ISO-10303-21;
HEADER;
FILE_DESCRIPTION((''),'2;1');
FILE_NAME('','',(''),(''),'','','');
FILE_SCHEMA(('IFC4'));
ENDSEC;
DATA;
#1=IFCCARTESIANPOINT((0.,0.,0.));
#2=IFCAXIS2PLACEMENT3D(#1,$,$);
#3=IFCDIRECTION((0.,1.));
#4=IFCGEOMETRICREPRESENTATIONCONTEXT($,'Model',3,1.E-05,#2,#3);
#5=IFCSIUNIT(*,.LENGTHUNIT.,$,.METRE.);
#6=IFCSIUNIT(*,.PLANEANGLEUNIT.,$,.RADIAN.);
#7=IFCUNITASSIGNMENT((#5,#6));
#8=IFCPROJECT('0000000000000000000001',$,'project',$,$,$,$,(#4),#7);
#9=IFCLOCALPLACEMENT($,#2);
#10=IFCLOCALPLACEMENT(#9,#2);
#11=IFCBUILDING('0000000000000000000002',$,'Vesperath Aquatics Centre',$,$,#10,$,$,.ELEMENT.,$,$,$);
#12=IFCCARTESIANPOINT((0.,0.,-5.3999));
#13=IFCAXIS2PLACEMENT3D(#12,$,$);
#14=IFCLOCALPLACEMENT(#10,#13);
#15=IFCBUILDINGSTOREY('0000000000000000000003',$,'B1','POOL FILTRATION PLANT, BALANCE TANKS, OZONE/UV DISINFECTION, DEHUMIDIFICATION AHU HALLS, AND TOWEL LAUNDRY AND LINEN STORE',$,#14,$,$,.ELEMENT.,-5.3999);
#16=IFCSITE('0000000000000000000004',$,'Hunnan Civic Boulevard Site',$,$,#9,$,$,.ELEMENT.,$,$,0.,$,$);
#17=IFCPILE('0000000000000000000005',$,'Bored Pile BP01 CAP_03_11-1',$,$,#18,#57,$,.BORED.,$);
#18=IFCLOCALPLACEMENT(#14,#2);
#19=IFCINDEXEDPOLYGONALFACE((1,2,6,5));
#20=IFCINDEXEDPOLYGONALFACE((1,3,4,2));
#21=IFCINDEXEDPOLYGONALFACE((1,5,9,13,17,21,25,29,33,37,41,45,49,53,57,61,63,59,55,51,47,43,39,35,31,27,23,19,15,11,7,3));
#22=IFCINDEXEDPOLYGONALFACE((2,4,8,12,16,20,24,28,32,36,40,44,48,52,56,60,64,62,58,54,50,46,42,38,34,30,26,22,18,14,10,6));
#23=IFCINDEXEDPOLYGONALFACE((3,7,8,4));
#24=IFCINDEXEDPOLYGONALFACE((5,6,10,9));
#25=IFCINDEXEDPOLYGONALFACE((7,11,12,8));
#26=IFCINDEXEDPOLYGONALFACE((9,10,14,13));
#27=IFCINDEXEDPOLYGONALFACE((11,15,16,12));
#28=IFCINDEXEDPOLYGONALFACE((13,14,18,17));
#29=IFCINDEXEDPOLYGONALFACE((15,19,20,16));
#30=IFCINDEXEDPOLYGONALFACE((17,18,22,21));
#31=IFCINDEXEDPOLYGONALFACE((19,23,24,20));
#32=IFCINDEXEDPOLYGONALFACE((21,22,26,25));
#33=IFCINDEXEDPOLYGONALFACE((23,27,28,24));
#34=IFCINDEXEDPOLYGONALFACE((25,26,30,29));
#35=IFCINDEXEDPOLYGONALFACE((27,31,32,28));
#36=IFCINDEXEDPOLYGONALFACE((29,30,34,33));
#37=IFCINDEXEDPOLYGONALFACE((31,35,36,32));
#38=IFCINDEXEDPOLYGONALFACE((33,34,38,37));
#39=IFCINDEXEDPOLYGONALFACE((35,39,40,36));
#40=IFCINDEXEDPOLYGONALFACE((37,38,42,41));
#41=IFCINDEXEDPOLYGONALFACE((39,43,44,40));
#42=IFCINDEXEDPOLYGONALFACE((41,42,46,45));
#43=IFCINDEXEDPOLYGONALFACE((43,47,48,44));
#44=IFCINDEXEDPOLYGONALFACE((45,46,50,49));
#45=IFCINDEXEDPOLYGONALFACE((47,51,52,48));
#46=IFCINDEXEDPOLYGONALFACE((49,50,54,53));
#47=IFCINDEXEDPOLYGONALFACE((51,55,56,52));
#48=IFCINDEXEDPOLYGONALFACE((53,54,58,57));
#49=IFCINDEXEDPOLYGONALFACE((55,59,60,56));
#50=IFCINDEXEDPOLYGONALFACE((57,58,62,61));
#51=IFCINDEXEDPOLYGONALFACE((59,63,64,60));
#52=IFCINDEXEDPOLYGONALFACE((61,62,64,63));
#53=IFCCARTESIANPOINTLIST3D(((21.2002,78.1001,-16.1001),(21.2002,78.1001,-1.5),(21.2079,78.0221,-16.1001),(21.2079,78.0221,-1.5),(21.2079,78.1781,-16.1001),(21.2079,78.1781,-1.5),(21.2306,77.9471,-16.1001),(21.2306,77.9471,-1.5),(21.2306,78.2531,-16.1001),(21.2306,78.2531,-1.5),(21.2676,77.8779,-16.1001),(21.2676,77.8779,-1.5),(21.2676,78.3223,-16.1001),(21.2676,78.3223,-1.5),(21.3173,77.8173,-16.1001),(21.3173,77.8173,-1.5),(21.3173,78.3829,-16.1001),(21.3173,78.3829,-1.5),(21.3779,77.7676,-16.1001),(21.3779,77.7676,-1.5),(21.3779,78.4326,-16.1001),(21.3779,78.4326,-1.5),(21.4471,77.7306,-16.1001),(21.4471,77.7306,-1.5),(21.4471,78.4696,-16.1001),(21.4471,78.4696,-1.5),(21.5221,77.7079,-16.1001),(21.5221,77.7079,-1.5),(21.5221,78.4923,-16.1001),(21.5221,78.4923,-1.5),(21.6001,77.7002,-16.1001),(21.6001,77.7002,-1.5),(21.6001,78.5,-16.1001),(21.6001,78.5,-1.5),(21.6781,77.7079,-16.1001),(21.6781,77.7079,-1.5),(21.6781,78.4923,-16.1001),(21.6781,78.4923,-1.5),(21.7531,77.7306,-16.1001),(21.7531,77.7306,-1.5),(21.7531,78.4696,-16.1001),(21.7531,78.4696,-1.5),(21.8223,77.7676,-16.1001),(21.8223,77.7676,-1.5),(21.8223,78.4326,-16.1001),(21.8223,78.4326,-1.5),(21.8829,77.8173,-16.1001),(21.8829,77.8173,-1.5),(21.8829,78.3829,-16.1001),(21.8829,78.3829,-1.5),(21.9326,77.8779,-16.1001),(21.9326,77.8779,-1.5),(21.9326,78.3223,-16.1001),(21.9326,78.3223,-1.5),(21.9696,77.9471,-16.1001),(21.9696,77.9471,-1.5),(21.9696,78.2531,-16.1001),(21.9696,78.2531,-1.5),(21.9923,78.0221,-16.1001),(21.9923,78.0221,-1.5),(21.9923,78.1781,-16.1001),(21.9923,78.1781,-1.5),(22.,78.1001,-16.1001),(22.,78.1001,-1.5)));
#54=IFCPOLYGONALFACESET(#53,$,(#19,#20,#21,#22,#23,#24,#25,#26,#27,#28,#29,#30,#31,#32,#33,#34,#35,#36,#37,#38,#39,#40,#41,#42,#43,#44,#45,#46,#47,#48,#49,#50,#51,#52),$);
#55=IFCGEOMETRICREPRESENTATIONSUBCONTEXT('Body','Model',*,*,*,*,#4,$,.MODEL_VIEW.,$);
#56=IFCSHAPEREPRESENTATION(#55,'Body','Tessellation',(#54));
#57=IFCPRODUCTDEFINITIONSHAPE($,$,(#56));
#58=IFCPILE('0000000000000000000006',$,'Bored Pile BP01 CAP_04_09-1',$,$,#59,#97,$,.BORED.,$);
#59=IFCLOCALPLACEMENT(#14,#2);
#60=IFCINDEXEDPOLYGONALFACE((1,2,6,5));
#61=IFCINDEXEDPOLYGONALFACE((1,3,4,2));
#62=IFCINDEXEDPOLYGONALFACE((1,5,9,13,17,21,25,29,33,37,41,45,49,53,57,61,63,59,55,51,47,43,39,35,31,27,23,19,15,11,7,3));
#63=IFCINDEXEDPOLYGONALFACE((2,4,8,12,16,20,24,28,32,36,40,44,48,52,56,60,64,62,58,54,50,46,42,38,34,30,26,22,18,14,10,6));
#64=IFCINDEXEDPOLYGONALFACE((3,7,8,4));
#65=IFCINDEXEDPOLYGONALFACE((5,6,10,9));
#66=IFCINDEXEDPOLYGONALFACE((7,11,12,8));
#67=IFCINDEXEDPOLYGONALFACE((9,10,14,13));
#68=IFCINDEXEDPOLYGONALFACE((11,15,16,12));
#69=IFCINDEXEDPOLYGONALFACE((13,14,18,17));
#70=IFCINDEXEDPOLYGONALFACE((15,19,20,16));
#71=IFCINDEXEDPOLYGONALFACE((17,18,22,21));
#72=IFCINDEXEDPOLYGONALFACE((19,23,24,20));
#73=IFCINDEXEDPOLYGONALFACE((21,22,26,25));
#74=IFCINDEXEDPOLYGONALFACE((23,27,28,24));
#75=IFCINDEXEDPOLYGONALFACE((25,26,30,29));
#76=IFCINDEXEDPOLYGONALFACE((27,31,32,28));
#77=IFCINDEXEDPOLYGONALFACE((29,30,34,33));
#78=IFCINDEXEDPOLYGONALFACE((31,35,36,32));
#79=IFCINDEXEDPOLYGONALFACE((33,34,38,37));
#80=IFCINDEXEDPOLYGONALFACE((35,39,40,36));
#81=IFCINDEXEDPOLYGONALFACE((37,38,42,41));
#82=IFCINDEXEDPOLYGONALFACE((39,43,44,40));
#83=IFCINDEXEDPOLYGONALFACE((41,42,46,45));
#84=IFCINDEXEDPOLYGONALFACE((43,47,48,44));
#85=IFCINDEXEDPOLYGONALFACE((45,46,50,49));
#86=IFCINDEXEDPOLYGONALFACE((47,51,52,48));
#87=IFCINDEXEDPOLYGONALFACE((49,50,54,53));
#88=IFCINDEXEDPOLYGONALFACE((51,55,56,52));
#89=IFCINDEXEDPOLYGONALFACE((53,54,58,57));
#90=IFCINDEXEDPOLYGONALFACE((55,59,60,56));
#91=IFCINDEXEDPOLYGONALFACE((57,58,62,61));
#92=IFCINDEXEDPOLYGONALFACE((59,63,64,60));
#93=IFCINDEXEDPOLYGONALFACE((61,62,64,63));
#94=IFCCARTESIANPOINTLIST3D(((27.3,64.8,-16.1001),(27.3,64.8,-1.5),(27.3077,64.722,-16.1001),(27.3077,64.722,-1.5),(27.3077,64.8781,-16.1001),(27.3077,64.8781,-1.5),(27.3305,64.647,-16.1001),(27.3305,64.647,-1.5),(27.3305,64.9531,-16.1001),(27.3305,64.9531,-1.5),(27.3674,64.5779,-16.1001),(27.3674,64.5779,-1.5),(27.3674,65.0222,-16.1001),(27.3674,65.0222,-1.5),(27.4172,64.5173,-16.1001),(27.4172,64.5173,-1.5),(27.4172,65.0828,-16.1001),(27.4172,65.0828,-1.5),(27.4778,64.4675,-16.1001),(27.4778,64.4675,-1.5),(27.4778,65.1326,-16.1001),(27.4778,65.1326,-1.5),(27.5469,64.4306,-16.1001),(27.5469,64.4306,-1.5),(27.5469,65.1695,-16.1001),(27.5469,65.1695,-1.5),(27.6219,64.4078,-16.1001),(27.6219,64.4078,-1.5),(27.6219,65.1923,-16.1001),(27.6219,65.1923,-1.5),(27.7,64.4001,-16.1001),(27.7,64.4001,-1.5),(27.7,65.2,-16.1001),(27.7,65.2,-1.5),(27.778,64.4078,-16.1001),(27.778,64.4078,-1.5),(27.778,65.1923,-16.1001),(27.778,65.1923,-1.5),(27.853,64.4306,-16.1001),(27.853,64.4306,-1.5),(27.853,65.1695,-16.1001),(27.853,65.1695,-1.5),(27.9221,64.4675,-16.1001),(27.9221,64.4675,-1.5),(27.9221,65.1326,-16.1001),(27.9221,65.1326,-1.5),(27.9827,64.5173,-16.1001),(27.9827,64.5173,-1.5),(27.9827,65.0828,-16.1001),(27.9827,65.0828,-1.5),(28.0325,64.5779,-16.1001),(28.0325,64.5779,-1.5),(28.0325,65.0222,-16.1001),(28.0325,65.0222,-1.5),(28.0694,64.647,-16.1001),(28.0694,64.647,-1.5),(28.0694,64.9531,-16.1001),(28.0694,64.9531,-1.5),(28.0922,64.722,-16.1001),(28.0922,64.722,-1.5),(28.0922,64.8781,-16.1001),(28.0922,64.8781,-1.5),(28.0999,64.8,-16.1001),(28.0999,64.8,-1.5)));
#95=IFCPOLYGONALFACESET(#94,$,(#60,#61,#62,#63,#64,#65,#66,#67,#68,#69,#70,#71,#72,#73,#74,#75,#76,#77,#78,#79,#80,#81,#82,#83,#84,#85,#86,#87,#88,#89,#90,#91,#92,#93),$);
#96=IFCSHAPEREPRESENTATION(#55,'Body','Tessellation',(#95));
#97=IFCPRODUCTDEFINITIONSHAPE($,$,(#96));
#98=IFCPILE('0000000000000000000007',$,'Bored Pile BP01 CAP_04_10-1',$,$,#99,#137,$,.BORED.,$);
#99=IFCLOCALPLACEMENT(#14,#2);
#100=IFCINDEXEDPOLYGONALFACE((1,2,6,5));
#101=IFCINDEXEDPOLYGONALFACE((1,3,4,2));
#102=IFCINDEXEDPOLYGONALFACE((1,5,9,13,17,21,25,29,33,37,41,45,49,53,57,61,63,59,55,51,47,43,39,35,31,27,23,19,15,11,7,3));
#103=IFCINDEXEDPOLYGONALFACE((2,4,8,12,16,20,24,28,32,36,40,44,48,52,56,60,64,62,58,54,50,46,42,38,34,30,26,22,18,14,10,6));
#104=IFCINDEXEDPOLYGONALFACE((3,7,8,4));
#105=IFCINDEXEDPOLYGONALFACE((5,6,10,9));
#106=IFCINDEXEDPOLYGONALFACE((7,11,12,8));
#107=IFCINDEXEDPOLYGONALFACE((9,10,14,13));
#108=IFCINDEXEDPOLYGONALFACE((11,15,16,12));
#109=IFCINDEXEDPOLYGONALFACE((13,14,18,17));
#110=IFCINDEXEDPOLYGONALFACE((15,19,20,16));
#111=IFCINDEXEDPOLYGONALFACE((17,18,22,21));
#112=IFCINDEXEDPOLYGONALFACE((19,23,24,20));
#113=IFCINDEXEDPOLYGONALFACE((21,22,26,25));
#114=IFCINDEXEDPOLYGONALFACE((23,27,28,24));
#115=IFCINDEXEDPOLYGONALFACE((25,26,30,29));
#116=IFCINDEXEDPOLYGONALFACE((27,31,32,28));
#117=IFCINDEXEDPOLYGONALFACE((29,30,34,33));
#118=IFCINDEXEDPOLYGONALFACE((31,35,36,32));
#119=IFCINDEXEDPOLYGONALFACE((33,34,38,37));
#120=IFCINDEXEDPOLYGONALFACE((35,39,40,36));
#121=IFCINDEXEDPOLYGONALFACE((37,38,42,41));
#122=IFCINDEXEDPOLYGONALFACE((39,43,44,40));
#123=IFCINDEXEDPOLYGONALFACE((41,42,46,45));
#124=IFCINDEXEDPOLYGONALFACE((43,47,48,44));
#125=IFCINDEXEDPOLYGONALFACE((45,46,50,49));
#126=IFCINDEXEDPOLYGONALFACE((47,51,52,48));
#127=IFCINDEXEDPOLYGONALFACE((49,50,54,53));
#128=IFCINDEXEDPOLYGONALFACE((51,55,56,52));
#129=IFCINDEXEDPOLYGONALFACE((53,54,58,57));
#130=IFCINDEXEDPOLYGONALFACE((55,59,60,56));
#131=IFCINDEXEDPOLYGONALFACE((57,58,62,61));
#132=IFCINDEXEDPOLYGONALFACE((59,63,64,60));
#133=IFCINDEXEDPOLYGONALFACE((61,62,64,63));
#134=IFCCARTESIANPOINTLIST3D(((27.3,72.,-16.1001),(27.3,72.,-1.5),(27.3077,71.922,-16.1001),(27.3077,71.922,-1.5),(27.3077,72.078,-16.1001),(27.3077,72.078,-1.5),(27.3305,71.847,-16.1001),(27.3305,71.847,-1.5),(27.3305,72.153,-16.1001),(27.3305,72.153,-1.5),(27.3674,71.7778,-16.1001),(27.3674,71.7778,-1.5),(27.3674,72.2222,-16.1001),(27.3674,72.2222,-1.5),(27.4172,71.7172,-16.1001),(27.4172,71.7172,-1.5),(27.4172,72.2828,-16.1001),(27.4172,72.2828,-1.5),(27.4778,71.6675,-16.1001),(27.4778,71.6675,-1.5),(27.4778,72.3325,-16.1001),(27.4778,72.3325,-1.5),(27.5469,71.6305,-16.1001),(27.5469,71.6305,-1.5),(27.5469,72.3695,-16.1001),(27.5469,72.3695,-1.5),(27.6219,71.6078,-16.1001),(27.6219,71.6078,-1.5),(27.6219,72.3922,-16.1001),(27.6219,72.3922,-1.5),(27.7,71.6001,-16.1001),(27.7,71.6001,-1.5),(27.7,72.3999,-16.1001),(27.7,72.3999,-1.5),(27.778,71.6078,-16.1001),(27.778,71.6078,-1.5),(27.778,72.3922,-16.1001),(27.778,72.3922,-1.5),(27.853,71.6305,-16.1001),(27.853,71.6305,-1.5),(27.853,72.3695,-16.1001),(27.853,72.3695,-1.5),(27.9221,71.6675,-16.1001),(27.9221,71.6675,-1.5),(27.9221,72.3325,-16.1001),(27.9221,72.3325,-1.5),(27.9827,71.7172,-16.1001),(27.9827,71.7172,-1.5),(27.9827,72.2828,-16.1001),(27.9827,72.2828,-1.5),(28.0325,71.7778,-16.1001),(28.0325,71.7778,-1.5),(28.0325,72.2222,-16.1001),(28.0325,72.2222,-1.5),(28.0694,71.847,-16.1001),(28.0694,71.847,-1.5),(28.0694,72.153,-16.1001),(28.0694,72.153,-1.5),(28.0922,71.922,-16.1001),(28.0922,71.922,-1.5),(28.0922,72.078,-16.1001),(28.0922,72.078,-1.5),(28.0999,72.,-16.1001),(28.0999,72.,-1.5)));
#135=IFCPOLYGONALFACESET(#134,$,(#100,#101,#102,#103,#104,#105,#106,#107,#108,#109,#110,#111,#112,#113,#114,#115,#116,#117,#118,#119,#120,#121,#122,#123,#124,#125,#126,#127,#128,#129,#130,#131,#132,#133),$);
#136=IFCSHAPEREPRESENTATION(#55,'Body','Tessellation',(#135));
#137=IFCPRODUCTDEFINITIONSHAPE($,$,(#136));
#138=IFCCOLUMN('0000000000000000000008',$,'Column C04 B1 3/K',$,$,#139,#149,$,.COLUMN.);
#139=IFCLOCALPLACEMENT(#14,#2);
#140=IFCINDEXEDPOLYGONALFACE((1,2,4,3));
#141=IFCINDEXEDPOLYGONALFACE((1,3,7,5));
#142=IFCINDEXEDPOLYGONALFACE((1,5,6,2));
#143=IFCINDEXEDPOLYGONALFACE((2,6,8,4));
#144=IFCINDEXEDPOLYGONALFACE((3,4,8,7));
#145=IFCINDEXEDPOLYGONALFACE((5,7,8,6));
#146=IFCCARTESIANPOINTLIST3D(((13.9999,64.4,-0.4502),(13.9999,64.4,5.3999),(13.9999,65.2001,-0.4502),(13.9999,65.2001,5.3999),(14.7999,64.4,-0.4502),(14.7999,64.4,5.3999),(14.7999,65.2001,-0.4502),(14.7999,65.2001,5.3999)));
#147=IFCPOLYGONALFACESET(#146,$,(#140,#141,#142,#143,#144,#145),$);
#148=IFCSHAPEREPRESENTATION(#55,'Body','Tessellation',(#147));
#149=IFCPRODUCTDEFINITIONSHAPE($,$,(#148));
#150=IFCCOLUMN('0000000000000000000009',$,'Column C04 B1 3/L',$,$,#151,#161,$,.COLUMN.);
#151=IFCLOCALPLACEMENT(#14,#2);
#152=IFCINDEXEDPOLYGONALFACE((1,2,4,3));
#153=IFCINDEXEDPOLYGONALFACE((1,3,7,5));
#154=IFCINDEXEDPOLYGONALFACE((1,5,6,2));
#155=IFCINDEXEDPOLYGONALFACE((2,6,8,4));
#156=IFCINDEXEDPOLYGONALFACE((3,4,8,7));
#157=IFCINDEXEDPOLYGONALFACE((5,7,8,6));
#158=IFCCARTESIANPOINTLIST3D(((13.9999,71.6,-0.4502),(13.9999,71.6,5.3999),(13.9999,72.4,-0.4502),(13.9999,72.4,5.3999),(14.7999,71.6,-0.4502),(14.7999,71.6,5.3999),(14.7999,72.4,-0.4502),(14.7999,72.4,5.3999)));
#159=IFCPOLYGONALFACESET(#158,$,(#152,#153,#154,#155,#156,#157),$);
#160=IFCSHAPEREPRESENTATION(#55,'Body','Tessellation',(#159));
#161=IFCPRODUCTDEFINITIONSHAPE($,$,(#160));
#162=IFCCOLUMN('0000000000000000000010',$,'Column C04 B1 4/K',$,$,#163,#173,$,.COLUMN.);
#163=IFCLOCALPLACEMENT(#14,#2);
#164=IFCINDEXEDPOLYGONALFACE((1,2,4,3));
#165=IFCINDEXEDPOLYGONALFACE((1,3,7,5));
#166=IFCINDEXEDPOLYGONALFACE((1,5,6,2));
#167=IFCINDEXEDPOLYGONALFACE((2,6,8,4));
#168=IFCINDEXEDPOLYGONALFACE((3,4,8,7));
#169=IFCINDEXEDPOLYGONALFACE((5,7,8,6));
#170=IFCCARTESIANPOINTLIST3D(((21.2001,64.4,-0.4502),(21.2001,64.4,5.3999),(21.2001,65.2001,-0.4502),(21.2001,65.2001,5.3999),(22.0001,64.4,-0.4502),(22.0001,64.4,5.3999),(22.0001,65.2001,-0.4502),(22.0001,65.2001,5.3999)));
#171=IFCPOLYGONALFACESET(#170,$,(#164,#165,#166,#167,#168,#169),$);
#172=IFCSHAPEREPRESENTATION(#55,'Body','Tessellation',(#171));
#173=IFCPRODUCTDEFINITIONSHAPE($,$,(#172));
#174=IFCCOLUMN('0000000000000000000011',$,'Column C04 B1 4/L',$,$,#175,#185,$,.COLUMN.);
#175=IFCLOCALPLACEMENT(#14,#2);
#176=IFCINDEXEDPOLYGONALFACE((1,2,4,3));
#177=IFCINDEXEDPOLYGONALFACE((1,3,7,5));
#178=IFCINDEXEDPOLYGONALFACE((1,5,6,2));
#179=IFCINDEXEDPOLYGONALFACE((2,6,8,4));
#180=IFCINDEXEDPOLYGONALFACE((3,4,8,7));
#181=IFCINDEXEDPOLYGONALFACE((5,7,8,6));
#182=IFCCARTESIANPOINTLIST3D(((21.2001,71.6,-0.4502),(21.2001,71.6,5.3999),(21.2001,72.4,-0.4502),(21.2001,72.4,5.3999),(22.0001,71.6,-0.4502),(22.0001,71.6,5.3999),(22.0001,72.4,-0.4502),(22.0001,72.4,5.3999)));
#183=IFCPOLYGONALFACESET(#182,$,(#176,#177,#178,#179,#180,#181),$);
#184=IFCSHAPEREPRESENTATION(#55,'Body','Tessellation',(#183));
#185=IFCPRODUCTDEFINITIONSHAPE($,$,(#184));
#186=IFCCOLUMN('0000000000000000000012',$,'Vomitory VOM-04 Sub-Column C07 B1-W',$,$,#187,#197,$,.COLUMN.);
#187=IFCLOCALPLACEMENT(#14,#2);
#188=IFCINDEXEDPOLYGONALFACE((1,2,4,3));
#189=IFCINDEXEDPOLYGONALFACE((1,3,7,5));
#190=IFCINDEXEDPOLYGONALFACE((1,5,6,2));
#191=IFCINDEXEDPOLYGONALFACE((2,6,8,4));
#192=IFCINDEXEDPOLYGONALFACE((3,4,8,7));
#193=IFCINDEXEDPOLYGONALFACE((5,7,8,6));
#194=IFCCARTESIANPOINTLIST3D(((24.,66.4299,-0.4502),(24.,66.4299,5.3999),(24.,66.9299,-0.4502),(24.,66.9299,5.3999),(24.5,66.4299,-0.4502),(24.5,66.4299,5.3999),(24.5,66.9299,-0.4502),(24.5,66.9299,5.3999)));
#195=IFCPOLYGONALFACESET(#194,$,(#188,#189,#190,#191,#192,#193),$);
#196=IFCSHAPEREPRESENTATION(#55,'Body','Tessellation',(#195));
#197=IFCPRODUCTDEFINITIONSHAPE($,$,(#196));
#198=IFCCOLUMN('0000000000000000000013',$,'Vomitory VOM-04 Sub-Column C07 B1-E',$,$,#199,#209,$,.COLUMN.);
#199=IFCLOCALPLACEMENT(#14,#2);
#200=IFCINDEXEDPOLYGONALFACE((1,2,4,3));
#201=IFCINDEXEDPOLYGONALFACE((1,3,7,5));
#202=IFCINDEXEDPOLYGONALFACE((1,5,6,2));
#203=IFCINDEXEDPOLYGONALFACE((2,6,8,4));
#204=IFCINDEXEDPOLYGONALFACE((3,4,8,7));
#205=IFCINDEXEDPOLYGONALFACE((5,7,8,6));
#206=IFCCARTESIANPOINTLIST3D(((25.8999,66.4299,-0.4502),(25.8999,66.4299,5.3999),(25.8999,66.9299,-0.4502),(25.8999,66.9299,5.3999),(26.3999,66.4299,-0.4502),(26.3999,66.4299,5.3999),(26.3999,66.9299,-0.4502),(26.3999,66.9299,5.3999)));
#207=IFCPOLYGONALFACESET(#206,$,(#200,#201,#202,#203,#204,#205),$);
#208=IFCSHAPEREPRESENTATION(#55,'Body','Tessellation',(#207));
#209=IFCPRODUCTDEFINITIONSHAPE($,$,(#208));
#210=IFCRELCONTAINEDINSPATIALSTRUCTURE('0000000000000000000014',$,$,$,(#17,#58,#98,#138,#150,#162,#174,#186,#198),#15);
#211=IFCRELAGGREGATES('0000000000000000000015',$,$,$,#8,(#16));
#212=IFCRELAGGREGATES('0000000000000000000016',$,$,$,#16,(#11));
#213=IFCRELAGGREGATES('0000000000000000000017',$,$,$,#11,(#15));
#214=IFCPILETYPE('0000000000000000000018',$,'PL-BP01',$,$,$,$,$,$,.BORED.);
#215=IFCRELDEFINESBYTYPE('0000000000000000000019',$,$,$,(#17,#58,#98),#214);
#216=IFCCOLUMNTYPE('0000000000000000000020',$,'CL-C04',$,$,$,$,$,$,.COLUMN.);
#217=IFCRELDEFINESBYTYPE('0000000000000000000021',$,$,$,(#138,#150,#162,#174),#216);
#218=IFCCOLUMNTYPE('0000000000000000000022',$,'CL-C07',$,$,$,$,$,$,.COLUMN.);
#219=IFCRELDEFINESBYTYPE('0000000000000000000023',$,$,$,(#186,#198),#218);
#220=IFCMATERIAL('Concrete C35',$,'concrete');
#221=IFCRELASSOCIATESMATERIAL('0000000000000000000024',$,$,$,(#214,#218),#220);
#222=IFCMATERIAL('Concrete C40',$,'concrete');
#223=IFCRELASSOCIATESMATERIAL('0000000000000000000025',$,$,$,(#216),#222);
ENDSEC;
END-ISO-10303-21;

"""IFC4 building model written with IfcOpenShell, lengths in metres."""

from ifc_helpers import new_model, si_unit, direction, frame, origin, origin_2d, place, context, subcontext, project, spatial, rectangle, circle, extrude, material, material_profile, profile_set, type_object, element, save


model = new_model("IFC4")

# Units and contexts
model_context = context("Model", 3, precision=1e-05, world=origin(), true_north=direction((0.0, 1.0)))
body_context = subcontext(model_context, "Body", "Model", "MODEL_VIEW")
ifc_project = project(units=[si_unit("LENGTHUNIT", "METRE"), si_unit("PLANEANGLEUNIT", "RADIAN")], contexts=[model_context])

# Site, building, storey
site_placement = place(None, origin())
site = spatial("IfcSite", under=ifc_project, at=site_placement, Name="Hunnan Civic Boulevard Site", CompositionType="ELEMENT", RefElevation=0.0)
building_placement = place(site_placement, origin())
building = spatial("IfcBuilding", under=site, at=building_placement, Name="Vesperath Aquatics Centre", CompositionType="ELEMENT")
storey_placement = place(building_placement, frame((0.0, 0.0, -5.3999)))
storey = spatial("IfcBuildingStorey", under=building, at=storey_placement, Name="B1", Description="POOL FILTRATION PLANT, BALANCE TANKS, OZONE/UV DISINFECTION, DEHUMIDIFICATION AHU HALLS, AND TOWEL LAUNDRY AND LINEN STORE", CompositionType="ELEMENT", Elevation=-5.3999)

# Shared definitions
ifc_material_1 = material(Name="Concrete C40", Category="concrete")

# Piles
ifc_material_2 = material(Name="Concrete C35", Category="concrete")
ifc_material_profile_1 = material_profile(ifc_material_2, circle(Radius=0.3999, at=origin_2d()), Name="PILE D800")
ifc_profile_set_1 = profile_set([ifc_material_profile_1], Name="Concrete C35")
pile_type = type_object("IfcPileType", Name="PL-BP01", PredefinedType="BORED", material=ifc_profile_set_1)
for number, where, z_axis, x_axis, name in (
    (1, (21.6001, 78.1001, -1.5), (0.0, 0.0, -1.0), (1.0, 0.0, 0.0), "Bored Pile BP01 CAP_03_11-1"),
    (2, (27.7, 64.8, -1.5), (0.0, 0.0, -1.0), (1.0, 0.0, 0.0), "Bored Pile BP01 CAP_04_09-1"),
    (3, (27.7, 72.0, -1.5), (0.0, 0.0, -1.0), (1.0, 0.0, 0.0), "Bored Pile BP01 CAP_04_10-1"),
):
    element("IfcPile", number, at=place(storey_placement, frame(where, z_axis=z_axis, x_axis=x_axis)), inside=storey, type_object=pile_type, Name=name, PredefinedType="BORED", context=body_context, shape_type="SweptSolid", body=[
        extrude(circle(Radius=0.3999, at=origin_2d()), origin(), (0.0, 0.0, 1.0), 14.6001),
    ])

# Columns
ifc_material_profile_2 = material_profile(ifc_material_1, rectangle(XDim=0.8, YDim=0.8, at=origin_2d()), Name="RC 800x800")
ifc_profile_set_2 = profile_set([ifc_material_profile_2], Name="Concrete C40")
column_type_1 = type_object("IfcColumnType", Name="CL-C04", PredefinedType="COLUMN", material=ifc_profile_set_2)
for number, where, z_axis, x_axis, name in (
    (4, (14.3999, 64.8, -0.4502), (0.0, 0.0, 1.0), (1.0, 0.0, 0.0), "Column C04 B1 3/K"),
    (5, (14.3999, 72.0, -0.4502), (0.0, 0.0, 1.0), (1.0, 0.0, 0.0), "Column C04 B1 3/L"),
    (6, (21.6001, 64.8, -0.4502), (0.0, 0.0, 1.0), (1.0, 0.0, 0.0), "Column C04 B1 4/K"),
    (7, (21.6001, 72.0, -0.4502), (0.0, 0.0, 1.0), (1.0, 0.0, 0.0), "Column C04 B1 4/L"),
):
    element("IfcColumn", number, at=place(storey_placement, frame(where, z_axis=z_axis, x_axis=x_axis)), inside=storey, type_object=column_type_1, Name=name, PredefinedType="COLUMN", context=body_context, shape_type="SweptSolid", body=[
        extrude(rectangle(XDim=0.8, YDim=0.8, at=origin_2d()), origin(), (0.0, 0.0, 1.0), 5.8501),
    ])
ifc_material_profile_3 = material_profile(ifc_material_2, rectangle(XDim=0.5, YDim=0.5, at=origin_2d()), Name="RC 500x500")
ifc_profile_set_3 = profile_set([ifc_material_profile_3], Name="Concrete C35")
column_type_2 = type_object("IfcColumnType", Name="CL-C07", PredefinedType="COLUMN", material=ifc_profile_set_3)
for number, where, z_axis, x_axis, name in (
    (8, (24.25, 66.6799, -0.4502), (0.0, 0.0, 1.0), (1.0, 0.0, 0.0), "Vomitory VOM-04 Sub-Column C07 B1-W"),
    (9, (26.1499, 66.6799, -0.4502), (0.0, 0.0, 1.0), (1.0, 0.0, 0.0), "Vomitory VOM-04 Sub-Column C07 B1-E"),
):
    element("IfcColumn", number, at=place(storey_placement, frame(where, z_axis=z_axis, x_axis=x_axis)), inside=storey, type_object=column_type_2, Name=name, PredefinedType="COLUMN", context=body_context, shape_type="SweptSolid", body=[
        extrude(rectangle(XDim=0.5, YDim=0.5, at=origin_2d()), origin(), (0.0, 0.0, 1.0), 5.8501),
    ])

save(model, "model.ifc")
